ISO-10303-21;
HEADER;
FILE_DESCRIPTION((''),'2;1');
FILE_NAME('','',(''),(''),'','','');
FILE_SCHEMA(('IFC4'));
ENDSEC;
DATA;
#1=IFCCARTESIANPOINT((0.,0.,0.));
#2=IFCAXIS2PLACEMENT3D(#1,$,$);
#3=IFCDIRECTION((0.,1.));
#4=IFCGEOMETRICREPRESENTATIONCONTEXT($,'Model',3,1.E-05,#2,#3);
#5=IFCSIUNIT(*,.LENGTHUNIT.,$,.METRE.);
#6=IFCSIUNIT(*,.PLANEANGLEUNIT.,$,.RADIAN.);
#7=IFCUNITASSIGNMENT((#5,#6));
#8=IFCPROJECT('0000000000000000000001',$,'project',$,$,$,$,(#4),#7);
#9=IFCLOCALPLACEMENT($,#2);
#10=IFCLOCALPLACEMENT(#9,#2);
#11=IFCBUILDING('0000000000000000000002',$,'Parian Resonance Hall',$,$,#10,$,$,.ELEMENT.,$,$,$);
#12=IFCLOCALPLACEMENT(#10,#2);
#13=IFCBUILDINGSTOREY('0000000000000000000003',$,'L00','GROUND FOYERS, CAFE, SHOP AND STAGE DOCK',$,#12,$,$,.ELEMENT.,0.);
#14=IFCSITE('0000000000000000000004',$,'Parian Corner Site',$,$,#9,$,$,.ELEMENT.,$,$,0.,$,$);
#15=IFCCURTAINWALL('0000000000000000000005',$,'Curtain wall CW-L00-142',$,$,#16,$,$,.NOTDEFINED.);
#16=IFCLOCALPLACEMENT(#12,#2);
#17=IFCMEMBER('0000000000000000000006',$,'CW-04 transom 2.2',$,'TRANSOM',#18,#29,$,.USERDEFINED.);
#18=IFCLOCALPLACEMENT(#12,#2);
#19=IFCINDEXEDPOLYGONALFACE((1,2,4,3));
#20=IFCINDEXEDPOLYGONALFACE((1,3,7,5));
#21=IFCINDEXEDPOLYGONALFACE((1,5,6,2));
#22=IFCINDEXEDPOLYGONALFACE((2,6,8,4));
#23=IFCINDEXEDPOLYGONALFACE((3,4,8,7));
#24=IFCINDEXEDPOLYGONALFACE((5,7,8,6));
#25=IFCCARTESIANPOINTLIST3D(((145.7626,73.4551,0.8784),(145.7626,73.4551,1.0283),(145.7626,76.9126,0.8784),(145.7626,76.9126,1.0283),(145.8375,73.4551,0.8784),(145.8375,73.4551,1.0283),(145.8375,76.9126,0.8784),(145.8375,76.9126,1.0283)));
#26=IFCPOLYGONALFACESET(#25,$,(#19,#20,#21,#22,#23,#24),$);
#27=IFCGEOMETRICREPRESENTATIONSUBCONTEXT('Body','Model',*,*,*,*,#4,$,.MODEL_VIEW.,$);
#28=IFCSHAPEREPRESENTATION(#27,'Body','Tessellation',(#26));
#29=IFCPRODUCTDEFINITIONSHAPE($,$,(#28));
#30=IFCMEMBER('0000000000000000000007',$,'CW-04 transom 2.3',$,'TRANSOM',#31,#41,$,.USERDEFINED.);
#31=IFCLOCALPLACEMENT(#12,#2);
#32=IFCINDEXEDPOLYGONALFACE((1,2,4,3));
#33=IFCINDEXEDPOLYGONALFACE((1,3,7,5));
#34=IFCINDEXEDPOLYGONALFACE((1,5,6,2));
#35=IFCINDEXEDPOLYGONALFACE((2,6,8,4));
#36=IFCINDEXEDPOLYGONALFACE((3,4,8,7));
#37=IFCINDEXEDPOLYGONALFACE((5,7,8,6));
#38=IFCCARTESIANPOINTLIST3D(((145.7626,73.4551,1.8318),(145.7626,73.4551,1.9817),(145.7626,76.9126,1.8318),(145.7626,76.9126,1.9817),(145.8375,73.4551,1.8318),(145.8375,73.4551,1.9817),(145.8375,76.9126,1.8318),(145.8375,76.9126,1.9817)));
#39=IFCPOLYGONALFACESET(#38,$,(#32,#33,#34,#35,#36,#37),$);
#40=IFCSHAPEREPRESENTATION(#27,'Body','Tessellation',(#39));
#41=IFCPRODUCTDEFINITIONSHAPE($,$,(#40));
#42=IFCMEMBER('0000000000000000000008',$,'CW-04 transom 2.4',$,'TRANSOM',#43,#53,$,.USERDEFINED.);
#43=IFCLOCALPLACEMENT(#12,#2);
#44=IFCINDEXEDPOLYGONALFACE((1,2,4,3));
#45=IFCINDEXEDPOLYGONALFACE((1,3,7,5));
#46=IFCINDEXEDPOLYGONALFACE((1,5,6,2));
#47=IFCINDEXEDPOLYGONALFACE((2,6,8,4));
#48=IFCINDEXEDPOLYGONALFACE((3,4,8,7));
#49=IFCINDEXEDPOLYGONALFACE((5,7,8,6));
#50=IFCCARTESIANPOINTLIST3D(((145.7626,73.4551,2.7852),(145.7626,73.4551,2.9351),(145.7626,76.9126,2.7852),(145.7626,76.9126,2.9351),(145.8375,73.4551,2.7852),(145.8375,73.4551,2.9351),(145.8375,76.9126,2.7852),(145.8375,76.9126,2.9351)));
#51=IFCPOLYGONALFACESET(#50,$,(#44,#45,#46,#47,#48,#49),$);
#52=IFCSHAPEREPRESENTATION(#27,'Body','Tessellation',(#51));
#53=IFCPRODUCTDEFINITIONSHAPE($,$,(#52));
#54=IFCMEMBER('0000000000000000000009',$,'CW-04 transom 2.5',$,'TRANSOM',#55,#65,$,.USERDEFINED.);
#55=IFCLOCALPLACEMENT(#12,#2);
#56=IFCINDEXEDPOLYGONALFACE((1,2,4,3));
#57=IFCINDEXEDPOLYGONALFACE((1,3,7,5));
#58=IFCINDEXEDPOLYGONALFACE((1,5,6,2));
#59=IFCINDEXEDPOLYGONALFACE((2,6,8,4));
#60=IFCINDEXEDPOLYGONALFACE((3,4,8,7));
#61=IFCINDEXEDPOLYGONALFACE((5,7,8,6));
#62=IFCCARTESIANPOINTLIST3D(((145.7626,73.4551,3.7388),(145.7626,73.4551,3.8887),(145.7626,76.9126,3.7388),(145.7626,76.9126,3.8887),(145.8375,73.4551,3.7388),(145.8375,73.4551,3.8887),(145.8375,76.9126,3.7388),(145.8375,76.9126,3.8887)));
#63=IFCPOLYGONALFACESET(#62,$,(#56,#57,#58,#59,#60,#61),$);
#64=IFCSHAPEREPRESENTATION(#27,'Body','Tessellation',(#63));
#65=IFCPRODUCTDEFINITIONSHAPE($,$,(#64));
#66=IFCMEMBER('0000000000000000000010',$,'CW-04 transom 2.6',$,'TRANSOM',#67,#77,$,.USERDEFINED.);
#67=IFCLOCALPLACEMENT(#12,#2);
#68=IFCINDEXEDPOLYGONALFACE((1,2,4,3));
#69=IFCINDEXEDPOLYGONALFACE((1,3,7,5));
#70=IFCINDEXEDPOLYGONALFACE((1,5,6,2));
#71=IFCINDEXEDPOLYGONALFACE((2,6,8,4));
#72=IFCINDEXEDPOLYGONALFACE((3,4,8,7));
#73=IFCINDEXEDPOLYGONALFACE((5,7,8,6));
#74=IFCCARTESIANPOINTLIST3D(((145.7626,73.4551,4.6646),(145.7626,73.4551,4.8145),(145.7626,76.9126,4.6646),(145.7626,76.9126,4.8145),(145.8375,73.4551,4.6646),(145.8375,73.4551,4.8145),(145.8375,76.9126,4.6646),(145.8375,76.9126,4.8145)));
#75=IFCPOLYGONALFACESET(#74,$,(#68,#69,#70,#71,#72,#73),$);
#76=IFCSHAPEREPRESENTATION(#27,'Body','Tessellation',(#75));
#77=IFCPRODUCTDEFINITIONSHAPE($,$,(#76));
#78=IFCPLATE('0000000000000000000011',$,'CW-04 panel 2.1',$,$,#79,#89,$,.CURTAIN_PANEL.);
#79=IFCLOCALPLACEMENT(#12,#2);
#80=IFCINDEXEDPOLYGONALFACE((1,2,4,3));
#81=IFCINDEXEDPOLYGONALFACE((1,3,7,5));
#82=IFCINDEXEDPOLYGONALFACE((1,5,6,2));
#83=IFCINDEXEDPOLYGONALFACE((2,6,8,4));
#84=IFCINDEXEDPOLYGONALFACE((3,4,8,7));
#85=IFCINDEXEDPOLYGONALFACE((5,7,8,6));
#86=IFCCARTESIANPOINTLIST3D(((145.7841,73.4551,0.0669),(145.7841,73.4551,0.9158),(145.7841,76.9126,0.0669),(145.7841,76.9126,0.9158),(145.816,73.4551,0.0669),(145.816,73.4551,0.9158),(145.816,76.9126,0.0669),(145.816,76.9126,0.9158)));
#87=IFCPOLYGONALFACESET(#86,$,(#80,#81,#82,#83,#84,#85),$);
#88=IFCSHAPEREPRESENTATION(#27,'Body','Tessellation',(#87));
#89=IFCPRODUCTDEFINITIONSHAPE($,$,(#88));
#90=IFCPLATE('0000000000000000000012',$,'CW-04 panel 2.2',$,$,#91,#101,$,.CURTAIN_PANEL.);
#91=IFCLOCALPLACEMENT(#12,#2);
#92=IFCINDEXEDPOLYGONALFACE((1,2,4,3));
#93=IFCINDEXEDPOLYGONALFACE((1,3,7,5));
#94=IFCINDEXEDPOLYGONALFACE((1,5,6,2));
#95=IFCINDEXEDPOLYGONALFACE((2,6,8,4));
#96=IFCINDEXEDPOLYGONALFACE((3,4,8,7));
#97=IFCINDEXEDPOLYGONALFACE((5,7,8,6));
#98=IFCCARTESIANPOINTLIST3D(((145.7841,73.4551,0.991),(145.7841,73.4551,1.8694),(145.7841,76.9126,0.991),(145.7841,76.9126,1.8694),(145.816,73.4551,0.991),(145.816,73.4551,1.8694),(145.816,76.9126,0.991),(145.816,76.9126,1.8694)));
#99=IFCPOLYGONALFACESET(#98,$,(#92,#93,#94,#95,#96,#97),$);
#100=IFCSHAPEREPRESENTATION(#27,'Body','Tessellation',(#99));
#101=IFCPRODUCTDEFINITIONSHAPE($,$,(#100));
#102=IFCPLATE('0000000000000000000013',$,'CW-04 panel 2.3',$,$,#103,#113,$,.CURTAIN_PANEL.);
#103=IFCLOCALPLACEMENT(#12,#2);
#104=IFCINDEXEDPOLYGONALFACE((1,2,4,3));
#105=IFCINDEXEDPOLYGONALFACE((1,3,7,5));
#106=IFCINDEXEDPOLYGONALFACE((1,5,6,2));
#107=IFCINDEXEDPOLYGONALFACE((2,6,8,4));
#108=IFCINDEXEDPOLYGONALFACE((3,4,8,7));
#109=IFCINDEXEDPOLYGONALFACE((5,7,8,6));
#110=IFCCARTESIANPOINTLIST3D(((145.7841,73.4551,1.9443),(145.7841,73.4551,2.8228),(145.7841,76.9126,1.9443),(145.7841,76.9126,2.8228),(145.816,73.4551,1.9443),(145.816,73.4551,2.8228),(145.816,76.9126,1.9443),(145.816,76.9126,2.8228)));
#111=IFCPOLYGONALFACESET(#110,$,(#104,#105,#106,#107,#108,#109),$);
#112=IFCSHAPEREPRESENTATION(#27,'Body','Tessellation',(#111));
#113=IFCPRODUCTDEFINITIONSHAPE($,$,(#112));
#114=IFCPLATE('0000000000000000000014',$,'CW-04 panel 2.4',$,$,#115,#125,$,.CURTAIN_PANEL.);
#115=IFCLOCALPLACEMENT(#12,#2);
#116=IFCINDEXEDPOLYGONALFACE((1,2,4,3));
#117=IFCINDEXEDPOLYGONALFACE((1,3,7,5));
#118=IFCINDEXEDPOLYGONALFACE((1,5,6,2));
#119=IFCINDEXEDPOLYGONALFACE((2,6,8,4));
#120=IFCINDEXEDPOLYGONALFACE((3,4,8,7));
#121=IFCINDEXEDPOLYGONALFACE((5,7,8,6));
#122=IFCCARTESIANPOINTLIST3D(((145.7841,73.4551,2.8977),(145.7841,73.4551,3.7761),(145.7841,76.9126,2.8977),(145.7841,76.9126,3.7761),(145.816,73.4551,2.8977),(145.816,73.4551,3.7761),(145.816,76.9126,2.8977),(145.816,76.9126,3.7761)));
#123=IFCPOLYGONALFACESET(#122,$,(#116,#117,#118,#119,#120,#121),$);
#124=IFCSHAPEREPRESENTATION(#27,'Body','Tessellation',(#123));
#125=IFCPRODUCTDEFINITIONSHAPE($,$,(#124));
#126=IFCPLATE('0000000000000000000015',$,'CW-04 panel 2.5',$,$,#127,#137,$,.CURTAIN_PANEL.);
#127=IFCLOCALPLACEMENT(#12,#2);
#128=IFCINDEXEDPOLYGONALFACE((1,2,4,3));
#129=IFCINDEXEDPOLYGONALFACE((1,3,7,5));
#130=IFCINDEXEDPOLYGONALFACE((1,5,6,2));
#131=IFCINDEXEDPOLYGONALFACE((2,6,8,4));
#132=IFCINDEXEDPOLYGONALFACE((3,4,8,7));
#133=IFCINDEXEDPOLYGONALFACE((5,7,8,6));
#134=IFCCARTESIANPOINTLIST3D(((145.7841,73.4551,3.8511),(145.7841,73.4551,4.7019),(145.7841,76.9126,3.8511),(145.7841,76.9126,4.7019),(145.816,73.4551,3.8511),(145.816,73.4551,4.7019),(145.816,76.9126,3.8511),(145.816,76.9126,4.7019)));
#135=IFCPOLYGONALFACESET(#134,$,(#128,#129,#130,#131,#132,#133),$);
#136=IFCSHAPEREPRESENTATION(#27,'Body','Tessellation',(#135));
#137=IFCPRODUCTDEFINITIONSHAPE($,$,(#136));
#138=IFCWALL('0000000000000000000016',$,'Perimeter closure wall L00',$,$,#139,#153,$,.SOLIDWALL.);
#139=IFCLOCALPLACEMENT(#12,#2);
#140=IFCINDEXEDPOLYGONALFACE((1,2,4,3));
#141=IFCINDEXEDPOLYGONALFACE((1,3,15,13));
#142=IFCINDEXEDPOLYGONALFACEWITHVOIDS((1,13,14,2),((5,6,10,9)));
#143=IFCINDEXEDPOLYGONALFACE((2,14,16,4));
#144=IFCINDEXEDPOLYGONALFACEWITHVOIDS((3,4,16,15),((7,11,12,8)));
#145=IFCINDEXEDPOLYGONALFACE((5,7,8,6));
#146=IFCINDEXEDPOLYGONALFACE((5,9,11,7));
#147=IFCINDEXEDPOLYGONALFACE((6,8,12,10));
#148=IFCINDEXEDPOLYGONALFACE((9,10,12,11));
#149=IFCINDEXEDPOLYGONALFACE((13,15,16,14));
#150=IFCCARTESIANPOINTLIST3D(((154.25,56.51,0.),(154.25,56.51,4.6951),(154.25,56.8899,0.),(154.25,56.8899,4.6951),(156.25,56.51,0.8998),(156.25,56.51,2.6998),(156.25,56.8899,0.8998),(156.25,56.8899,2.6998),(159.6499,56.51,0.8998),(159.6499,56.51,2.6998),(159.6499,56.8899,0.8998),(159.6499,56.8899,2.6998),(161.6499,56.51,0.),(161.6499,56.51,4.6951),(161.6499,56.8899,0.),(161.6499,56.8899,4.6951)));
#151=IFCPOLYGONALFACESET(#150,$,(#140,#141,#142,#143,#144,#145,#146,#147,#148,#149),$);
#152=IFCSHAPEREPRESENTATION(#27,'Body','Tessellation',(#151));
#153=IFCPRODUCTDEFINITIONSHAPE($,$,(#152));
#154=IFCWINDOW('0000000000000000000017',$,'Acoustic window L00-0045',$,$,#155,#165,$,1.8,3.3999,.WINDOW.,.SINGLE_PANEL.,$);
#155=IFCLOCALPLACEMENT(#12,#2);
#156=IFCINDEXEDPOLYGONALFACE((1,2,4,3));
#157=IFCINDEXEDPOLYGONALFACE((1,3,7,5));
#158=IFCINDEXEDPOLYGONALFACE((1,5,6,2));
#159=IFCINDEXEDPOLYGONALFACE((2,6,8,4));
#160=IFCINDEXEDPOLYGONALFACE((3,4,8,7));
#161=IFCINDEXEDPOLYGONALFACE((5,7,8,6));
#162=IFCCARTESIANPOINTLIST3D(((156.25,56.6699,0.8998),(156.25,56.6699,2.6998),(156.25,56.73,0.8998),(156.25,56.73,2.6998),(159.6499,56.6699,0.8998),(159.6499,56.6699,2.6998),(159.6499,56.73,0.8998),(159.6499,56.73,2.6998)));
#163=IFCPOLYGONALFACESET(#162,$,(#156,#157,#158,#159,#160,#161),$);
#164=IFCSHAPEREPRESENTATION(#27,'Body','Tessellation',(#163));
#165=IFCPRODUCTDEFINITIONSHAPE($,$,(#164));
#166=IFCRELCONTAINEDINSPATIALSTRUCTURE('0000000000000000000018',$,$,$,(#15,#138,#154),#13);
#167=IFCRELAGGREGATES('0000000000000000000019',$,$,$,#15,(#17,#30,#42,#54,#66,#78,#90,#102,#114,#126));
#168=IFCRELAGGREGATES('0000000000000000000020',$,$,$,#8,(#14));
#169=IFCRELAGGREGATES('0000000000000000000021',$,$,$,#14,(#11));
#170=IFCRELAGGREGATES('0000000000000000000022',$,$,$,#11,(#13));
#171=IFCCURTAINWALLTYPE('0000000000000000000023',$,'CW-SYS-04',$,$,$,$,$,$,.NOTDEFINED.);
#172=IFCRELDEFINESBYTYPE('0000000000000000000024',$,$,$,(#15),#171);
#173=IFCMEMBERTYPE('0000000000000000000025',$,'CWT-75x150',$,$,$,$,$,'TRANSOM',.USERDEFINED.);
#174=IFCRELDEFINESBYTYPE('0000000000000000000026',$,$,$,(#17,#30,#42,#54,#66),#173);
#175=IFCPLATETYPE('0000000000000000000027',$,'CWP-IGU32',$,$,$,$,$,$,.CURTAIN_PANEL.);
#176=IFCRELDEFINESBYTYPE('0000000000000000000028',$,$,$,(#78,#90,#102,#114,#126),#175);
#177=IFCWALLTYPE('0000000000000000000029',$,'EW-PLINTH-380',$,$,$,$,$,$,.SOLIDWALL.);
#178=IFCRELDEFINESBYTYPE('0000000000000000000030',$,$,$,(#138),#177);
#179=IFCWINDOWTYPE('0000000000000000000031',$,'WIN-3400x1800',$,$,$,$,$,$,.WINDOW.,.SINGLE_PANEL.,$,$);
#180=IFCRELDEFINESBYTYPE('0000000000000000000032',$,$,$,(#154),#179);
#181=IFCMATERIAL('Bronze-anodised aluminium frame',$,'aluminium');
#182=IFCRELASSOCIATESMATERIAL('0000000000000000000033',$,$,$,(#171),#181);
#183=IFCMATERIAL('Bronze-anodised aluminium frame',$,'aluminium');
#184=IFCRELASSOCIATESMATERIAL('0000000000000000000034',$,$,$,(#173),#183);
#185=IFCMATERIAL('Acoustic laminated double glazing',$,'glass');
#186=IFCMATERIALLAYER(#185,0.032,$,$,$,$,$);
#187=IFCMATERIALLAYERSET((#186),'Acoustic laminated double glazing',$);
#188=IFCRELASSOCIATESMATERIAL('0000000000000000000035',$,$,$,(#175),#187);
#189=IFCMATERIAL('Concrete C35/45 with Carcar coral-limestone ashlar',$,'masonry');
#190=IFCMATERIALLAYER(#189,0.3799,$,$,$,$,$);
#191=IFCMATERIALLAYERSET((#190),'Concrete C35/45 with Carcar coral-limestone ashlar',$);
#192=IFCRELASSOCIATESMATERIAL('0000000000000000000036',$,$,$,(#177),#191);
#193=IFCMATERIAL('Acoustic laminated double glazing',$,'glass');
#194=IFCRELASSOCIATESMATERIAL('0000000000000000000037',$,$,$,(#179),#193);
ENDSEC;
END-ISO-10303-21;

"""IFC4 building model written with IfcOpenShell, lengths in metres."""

from ifc_helpers import new_model, si_unit, direction, frame, frame_2d, origin, origin_2d, place, context, subcontext, project, spatial, rectangle, extrude, material, layer, layer_set, material_profile, profile_set, type_object, element, fill, aggregate, save


model = new_model("IFC4")

# Units and contexts
model_context = context("Model", 3, precision=1e-05, world=origin(), true_north=direction((0.0, 1.0)))
body_context = subcontext(model_context, "Body", "Model", "MODEL_VIEW")
ifc_project = project(units=[si_unit("LENGTHUNIT", "METRE"), si_unit("PLANEANGLEUNIT", "RADIAN")], contexts=[model_context])

# Site, building, storey
site_placement = place(None, origin())
site = spatial("IfcSite", under=ifc_project, at=site_placement, Name="Parian Corner Site", CompositionType="ELEMENT", RefElevation=0.0)
building_placement = place(site_placement, origin())
building = spatial("IfcBuilding", under=site, at=building_placement, Name="Parian Resonance Hall", CompositionType="ELEMENT")
storey_placement = place(building_placement, origin())
storey = spatial("IfcBuildingStorey", under=building, at=storey_placement, Name="L00", Description="GROUND FOYERS, CAFE, SHOP AND STAGE DOCK", CompositionType="ELEMENT", Elevation=0.0)

# Curtain wall, members, plates
ifc_material_1 = material(Name="Bronze-anodised aluminium frame", Category="aluminium")
curtain_wall_type = type_object("IfcCurtainWallType", Name="CW-SYS-04", PredefinedType="NOTDEFINED", material=ifc_material_1)
curtain_wall_placement = place(storey_placement, origin())
curtain_wall = element("IfcCurtainWall", 1, at=curtain_wall_placement, inside=storey, type_object=curtain_wall_type, Name="Curtain wall CW-L00-142", PredefinedType="NOTDEFINED")
ifc_material_2 = material(Name="Bronze-anodised aluminium frame", Category="aluminium")
ifc_material_profile_1 = material_profile(ifc_material_2, rectangle(XDim=0.075, YDim=0.1499, at=origin_2d()), Name="CWT-75x150")
ifc_profile_set_1 = profile_set([ifc_material_profile_1], Name="Bronze-anodised aluminium frame")
member_type_1 = type_object("IfcMemberType", Name="CWT-75x150", ElementType="TRANSOM", PredefinedType="USERDEFINED", material=ifc_profile_set_1)
member_1_placement = place(storey_placement, frame((145.8, 76.9126, 0.9534), z_axis=(0.0, -1.0, 0.0), x_axis=(1.0, 0.0, 0.0)))
member_1 = element("IfcMember", 2, at=member_1_placement, type_object=member_type_1, Name="CW-04 transom 2.2", ObjectType="TRANSOM", PredefinedType="USERDEFINED", context=body_context, shape_type="SweptSolid", body=[
    extrude(rectangle(XDim=0.075, YDim=0.1499, at=origin_2d()), origin(), (0.0, 0.0, 1.0), 3.4575),
])
member_2_placement = place(storey_placement, frame((145.8, 76.9126, 1.9067), z_axis=(0.0, -1.0, 0.0), x_axis=(1.0, 0.0, 0.0)))
member_2 = element("IfcMember", 3, at=member_2_placement, type_object=member_type_1, Name="CW-04 transom 2.3", ObjectType="TRANSOM", PredefinedType="USERDEFINED", context=body_context, shape_type="SweptSolid", body=[
    extrude(rectangle(XDim=0.075, YDim=0.1499, at=origin_2d()), origin(), (0.0, 0.0, 1.0), 3.4575),
])
member_3_placement = place(storey_placement, frame((145.8, 76.9126, 2.8601), z_axis=(0.0, -1.0, 0.0), x_axis=(1.0, 0.0, 0.0)))
member_3 = element("IfcMember", 4, at=member_3_placement, type_object=member_type_1, Name="CW-04 transom 2.4", ObjectType="TRANSOM", PredefinedType="USERDEFINED", context=body_context, shape_type="SweptSolid", body=[
    extrude(rectangle(XDim=0.075, YDim=0.1499, at=origin_2d()), origin(), (0.0, 0.0, 1.0), 3.4575),
])
member_4_placement = place(storey_placement, frame((145.8, 76.9126, 3.8137), z_axis=(0.0, -1.0, 0.0), x_axis=(1.0, 0.0, 0.0)))
member_4 = element("IfcMember", 5, at=member_4_placement, type_object=member_type_1, Name="CW-04 transom 2.5", ObjectType="TRANSOM", PredefinedType="USERDEFINED", context=body_context, shape_type="SweptSolid", body=[
    extrude(rectangle(XDim=0.075, YDim=0.1499, at=origin_2d()), origin(), (0.0, 0.0, 1.0), 3.4575),
])
member_5_placement = place(storey_placement, frame((145.8, 76.9126, 4.7395), z_axis=(0.0, -1.0, 0.0), x_axis=(1.0, 0.0, 0.0)))
member_5 = element("IfcMember", 6, at=member_5_placement, type_object=member_type_1, Name="CW-04 transom 2.6", ObjectType="TRANSOM", PredefinedType="USERDEFINED", context=body_context, shape_type="SweptSolid", body=[
    extrude(rectangle(XDim=0.075, YDim=0.1499, at=origin_2d()), origin(), (0.0, 0.0, 1.0), 3.4575),
])
ifc_material_3 = material(Name="Acoustic laminated double glazing", Category="glass")
ifc_layer_1 = layer(ifc_material_3, 0.032)
ifc_layer_set_1 = layer_set([ifc_layer_1], Name="Acoustic laminated double glazing")
plate_type = type_object("IfcPlateType", Name="CWP-IGU32", PredefinedType="CURTAIN_PANEL", material=ifc_layer_set_1)
plate_1_placement = place(storey_placement, frame((145.8, 75.1838, 0.0669), z_axis=(0.0, 0.0, 1.0), x_axis=(0.0, -1.0, 0.0)))
plate_1 = element("IfcPlate", 7, at=plate_1_placement, type_object=plate_type, Name="CW-04 panel 2.1", PredefinedType="CURTAIN_PANEL", context=body_context, shape_type="SweptSolid", body=[
    extrude(rectangle(XDim=3.4575, YDim=0.032, at=origin_2d()), origin(), (0.0, 0.0, 1.0), 0.8489),
])
plate_2_placement = place(storey_placement, frame((145.8, 75.1838, 0.991), z_axis=(0.0, 0.0, 1.0), x_axis=(0.0, -1.0, 0.0)))
plate_2 = element("IfcPlate", 8, at=plate_2_placement, type_object=plate_type, Name="CW-04 panel 2.2", PredefinedType="CURTAIN_PANEL", context=body_context, shape_type="SweptSolid", body=[
    extrude(rectangle(XDim=3.4575, YDim=0.032, at=origin_2d()), origin(), (0.0, 0.0, 1.0), 0.8784),
])
plate_3_placement = place(storey_placement, frame((145.8, 75.1838, 1.9443), z_axis=(0.0, 0.0, 1.0), x_axis=(0.0, -1.0, 0.0)))
plate_3 = element("IfcPlate", 9, at=plate_3_placement, type_object=plate_type, Name="CW-04 panel 2.3", PredefinedType="CURTAIN_PANEL", context=body_context, shape_type="SweptSolid", body=[
    extrude(rectangle(XDim=3.4575, YDim=0.032, at=origin_2d()), origin(), (0.0, 0.0, 1.0), 0.8784),
])
plate_4_placement = place(storey_placement, frame((145.8, 75.1838, 2.8977), z_axis=(0.0, 0.0, 1.0), x_axis=(0.0, -1.0, 0.0)))
plate_4 = element("IfcPlate", 10, at=plate_4_placement, type_object=plate_type, Name="CW-04 panel 2.4", PredefinedType="CURTAIN_PANEL", context=body_context, shape_type="SweptSolid", body=[
    extrude(rectangle(XDim=3.4575, YDim=0.032, at=origin_2d()), origin(), (0.0, 0.0, 1.0), 0.8784),
])
plate_5_placement = place(storey_placement, frame((145.8, 75.1838, 3.8511), z_axis=(0.0, 0.0, 1.0), x_axis=(0.0, -1.0, 0.0)))
plate_5 = element("IfcPlate", 11, at=plate_5_placement, type_object=plate_type, Name="CW-04 panel 2.5", PredefinedType="CURTAIN_PANEL", context=body_context, shape_type="SweptSolid", body=[
    extrude(rectangle(XDim=3.4575, YDim=0.032, at=origin_2d()), origin(), (0.0, 0.0, 1.0), 0.8508),
])
aggregate(curtain_wall, [member_1, member_2, member_3, member_4, member_5, plate_1, plate_2, plate_3, plate_4, plate_5])

# Wall, opening, window
ifc_material_4 = material(Name="Concrete C35/45 with Carcar coral-limestone ashlar", Category="masonry")
ifc_layer_2 = layer(ifc_material_4, 0.3799)
ifc_layer_set_2 = layer_set([ifc_layer_2], Name="Concrete C35/45 with Carcar coral-limestone ashlar")
wall_type_1 = type_object("IfcWallType", Name="EW-PLINTH-380", PredefinedType="SOLIDWALL", material=ifc_layer_set_2)
wall_1_placement = place(storey_placement, frame((161.6499, 56.7, 0.0), z_axis=(0.0, 0.0, 1.0), x_axis=(-1.0, 0.0, 0.0)))
wall_1 = element("IfcWall", 12, at=wall_1_placement, inside=storey, type_object=wall_type_1, Name="Perimeter closure wall L00", PredefinedType="SOLIDWALL", context=body_context, shape_type="SweptSolid", body=[
    extrude(rectangle(XDim=7.3999, YDim=0.3799, at=frame_2d((3.7, 0.0))), origin(), (0.0, 0.0, 1.0), 4.6951),
])
opening_1_placement = place(wall_1_placement, frame((2.0, 0.0, 0.8999)))
opening_1 = element("IfcOpeningElement", 13, at=opening_1_placement, cuts=wall_1, PredefinedType="OPENING", context=body_context, shape_type="SweptSolid", body=[
    extrude(rectangle(XDim=3.3999, YDim=1.8, at=frame_2d((1.7, 0.8999))), frame((0.0, 0.2, 0.0), z_axis=(0.0, -1.0, 0.0), x_axis=(1.0, 0.0, 0.0)), (0.0, 0.0, 1.0), 0.3999),
])
ifc_material_5 = material(Name="Acoustic laminated double glazing", Category="glass")
window_type_1 = type_object("IfcWindowType", Name="WIN-3400x1800", PartitioningType="SINGLE_PANEL", PredefinedType="WINDOW", material=ifc_material_5)
window_1_placement = place(opening_1_placement, origin())
window_1 = element("IfcWindow", 14, at=window_1_placement, inside=storey, type_object=window_type_1, Name="Acoustic window L00-0045", OverallHeight=1.8, OverallWidth=3.3999, PartitioningType="SINGLE_PANEL", PredefinedType="WINDOW", context=body_context, shape_type="SweptSolid", body=[
    extrude(rectangle(XDim=3.3999, YDim=1.8, at=frame_2d((1.7, 0.8999))), frame((0.0, 0.03, 0.0), z_axis=(0.0, -1.0, 0.0), x_axis=(1.0, 0.0, 0.0)), (0.0, 0.0, 1.0), 0.0601),
])
fill(opening_1, window_1)

save(model, "model.ifc")
